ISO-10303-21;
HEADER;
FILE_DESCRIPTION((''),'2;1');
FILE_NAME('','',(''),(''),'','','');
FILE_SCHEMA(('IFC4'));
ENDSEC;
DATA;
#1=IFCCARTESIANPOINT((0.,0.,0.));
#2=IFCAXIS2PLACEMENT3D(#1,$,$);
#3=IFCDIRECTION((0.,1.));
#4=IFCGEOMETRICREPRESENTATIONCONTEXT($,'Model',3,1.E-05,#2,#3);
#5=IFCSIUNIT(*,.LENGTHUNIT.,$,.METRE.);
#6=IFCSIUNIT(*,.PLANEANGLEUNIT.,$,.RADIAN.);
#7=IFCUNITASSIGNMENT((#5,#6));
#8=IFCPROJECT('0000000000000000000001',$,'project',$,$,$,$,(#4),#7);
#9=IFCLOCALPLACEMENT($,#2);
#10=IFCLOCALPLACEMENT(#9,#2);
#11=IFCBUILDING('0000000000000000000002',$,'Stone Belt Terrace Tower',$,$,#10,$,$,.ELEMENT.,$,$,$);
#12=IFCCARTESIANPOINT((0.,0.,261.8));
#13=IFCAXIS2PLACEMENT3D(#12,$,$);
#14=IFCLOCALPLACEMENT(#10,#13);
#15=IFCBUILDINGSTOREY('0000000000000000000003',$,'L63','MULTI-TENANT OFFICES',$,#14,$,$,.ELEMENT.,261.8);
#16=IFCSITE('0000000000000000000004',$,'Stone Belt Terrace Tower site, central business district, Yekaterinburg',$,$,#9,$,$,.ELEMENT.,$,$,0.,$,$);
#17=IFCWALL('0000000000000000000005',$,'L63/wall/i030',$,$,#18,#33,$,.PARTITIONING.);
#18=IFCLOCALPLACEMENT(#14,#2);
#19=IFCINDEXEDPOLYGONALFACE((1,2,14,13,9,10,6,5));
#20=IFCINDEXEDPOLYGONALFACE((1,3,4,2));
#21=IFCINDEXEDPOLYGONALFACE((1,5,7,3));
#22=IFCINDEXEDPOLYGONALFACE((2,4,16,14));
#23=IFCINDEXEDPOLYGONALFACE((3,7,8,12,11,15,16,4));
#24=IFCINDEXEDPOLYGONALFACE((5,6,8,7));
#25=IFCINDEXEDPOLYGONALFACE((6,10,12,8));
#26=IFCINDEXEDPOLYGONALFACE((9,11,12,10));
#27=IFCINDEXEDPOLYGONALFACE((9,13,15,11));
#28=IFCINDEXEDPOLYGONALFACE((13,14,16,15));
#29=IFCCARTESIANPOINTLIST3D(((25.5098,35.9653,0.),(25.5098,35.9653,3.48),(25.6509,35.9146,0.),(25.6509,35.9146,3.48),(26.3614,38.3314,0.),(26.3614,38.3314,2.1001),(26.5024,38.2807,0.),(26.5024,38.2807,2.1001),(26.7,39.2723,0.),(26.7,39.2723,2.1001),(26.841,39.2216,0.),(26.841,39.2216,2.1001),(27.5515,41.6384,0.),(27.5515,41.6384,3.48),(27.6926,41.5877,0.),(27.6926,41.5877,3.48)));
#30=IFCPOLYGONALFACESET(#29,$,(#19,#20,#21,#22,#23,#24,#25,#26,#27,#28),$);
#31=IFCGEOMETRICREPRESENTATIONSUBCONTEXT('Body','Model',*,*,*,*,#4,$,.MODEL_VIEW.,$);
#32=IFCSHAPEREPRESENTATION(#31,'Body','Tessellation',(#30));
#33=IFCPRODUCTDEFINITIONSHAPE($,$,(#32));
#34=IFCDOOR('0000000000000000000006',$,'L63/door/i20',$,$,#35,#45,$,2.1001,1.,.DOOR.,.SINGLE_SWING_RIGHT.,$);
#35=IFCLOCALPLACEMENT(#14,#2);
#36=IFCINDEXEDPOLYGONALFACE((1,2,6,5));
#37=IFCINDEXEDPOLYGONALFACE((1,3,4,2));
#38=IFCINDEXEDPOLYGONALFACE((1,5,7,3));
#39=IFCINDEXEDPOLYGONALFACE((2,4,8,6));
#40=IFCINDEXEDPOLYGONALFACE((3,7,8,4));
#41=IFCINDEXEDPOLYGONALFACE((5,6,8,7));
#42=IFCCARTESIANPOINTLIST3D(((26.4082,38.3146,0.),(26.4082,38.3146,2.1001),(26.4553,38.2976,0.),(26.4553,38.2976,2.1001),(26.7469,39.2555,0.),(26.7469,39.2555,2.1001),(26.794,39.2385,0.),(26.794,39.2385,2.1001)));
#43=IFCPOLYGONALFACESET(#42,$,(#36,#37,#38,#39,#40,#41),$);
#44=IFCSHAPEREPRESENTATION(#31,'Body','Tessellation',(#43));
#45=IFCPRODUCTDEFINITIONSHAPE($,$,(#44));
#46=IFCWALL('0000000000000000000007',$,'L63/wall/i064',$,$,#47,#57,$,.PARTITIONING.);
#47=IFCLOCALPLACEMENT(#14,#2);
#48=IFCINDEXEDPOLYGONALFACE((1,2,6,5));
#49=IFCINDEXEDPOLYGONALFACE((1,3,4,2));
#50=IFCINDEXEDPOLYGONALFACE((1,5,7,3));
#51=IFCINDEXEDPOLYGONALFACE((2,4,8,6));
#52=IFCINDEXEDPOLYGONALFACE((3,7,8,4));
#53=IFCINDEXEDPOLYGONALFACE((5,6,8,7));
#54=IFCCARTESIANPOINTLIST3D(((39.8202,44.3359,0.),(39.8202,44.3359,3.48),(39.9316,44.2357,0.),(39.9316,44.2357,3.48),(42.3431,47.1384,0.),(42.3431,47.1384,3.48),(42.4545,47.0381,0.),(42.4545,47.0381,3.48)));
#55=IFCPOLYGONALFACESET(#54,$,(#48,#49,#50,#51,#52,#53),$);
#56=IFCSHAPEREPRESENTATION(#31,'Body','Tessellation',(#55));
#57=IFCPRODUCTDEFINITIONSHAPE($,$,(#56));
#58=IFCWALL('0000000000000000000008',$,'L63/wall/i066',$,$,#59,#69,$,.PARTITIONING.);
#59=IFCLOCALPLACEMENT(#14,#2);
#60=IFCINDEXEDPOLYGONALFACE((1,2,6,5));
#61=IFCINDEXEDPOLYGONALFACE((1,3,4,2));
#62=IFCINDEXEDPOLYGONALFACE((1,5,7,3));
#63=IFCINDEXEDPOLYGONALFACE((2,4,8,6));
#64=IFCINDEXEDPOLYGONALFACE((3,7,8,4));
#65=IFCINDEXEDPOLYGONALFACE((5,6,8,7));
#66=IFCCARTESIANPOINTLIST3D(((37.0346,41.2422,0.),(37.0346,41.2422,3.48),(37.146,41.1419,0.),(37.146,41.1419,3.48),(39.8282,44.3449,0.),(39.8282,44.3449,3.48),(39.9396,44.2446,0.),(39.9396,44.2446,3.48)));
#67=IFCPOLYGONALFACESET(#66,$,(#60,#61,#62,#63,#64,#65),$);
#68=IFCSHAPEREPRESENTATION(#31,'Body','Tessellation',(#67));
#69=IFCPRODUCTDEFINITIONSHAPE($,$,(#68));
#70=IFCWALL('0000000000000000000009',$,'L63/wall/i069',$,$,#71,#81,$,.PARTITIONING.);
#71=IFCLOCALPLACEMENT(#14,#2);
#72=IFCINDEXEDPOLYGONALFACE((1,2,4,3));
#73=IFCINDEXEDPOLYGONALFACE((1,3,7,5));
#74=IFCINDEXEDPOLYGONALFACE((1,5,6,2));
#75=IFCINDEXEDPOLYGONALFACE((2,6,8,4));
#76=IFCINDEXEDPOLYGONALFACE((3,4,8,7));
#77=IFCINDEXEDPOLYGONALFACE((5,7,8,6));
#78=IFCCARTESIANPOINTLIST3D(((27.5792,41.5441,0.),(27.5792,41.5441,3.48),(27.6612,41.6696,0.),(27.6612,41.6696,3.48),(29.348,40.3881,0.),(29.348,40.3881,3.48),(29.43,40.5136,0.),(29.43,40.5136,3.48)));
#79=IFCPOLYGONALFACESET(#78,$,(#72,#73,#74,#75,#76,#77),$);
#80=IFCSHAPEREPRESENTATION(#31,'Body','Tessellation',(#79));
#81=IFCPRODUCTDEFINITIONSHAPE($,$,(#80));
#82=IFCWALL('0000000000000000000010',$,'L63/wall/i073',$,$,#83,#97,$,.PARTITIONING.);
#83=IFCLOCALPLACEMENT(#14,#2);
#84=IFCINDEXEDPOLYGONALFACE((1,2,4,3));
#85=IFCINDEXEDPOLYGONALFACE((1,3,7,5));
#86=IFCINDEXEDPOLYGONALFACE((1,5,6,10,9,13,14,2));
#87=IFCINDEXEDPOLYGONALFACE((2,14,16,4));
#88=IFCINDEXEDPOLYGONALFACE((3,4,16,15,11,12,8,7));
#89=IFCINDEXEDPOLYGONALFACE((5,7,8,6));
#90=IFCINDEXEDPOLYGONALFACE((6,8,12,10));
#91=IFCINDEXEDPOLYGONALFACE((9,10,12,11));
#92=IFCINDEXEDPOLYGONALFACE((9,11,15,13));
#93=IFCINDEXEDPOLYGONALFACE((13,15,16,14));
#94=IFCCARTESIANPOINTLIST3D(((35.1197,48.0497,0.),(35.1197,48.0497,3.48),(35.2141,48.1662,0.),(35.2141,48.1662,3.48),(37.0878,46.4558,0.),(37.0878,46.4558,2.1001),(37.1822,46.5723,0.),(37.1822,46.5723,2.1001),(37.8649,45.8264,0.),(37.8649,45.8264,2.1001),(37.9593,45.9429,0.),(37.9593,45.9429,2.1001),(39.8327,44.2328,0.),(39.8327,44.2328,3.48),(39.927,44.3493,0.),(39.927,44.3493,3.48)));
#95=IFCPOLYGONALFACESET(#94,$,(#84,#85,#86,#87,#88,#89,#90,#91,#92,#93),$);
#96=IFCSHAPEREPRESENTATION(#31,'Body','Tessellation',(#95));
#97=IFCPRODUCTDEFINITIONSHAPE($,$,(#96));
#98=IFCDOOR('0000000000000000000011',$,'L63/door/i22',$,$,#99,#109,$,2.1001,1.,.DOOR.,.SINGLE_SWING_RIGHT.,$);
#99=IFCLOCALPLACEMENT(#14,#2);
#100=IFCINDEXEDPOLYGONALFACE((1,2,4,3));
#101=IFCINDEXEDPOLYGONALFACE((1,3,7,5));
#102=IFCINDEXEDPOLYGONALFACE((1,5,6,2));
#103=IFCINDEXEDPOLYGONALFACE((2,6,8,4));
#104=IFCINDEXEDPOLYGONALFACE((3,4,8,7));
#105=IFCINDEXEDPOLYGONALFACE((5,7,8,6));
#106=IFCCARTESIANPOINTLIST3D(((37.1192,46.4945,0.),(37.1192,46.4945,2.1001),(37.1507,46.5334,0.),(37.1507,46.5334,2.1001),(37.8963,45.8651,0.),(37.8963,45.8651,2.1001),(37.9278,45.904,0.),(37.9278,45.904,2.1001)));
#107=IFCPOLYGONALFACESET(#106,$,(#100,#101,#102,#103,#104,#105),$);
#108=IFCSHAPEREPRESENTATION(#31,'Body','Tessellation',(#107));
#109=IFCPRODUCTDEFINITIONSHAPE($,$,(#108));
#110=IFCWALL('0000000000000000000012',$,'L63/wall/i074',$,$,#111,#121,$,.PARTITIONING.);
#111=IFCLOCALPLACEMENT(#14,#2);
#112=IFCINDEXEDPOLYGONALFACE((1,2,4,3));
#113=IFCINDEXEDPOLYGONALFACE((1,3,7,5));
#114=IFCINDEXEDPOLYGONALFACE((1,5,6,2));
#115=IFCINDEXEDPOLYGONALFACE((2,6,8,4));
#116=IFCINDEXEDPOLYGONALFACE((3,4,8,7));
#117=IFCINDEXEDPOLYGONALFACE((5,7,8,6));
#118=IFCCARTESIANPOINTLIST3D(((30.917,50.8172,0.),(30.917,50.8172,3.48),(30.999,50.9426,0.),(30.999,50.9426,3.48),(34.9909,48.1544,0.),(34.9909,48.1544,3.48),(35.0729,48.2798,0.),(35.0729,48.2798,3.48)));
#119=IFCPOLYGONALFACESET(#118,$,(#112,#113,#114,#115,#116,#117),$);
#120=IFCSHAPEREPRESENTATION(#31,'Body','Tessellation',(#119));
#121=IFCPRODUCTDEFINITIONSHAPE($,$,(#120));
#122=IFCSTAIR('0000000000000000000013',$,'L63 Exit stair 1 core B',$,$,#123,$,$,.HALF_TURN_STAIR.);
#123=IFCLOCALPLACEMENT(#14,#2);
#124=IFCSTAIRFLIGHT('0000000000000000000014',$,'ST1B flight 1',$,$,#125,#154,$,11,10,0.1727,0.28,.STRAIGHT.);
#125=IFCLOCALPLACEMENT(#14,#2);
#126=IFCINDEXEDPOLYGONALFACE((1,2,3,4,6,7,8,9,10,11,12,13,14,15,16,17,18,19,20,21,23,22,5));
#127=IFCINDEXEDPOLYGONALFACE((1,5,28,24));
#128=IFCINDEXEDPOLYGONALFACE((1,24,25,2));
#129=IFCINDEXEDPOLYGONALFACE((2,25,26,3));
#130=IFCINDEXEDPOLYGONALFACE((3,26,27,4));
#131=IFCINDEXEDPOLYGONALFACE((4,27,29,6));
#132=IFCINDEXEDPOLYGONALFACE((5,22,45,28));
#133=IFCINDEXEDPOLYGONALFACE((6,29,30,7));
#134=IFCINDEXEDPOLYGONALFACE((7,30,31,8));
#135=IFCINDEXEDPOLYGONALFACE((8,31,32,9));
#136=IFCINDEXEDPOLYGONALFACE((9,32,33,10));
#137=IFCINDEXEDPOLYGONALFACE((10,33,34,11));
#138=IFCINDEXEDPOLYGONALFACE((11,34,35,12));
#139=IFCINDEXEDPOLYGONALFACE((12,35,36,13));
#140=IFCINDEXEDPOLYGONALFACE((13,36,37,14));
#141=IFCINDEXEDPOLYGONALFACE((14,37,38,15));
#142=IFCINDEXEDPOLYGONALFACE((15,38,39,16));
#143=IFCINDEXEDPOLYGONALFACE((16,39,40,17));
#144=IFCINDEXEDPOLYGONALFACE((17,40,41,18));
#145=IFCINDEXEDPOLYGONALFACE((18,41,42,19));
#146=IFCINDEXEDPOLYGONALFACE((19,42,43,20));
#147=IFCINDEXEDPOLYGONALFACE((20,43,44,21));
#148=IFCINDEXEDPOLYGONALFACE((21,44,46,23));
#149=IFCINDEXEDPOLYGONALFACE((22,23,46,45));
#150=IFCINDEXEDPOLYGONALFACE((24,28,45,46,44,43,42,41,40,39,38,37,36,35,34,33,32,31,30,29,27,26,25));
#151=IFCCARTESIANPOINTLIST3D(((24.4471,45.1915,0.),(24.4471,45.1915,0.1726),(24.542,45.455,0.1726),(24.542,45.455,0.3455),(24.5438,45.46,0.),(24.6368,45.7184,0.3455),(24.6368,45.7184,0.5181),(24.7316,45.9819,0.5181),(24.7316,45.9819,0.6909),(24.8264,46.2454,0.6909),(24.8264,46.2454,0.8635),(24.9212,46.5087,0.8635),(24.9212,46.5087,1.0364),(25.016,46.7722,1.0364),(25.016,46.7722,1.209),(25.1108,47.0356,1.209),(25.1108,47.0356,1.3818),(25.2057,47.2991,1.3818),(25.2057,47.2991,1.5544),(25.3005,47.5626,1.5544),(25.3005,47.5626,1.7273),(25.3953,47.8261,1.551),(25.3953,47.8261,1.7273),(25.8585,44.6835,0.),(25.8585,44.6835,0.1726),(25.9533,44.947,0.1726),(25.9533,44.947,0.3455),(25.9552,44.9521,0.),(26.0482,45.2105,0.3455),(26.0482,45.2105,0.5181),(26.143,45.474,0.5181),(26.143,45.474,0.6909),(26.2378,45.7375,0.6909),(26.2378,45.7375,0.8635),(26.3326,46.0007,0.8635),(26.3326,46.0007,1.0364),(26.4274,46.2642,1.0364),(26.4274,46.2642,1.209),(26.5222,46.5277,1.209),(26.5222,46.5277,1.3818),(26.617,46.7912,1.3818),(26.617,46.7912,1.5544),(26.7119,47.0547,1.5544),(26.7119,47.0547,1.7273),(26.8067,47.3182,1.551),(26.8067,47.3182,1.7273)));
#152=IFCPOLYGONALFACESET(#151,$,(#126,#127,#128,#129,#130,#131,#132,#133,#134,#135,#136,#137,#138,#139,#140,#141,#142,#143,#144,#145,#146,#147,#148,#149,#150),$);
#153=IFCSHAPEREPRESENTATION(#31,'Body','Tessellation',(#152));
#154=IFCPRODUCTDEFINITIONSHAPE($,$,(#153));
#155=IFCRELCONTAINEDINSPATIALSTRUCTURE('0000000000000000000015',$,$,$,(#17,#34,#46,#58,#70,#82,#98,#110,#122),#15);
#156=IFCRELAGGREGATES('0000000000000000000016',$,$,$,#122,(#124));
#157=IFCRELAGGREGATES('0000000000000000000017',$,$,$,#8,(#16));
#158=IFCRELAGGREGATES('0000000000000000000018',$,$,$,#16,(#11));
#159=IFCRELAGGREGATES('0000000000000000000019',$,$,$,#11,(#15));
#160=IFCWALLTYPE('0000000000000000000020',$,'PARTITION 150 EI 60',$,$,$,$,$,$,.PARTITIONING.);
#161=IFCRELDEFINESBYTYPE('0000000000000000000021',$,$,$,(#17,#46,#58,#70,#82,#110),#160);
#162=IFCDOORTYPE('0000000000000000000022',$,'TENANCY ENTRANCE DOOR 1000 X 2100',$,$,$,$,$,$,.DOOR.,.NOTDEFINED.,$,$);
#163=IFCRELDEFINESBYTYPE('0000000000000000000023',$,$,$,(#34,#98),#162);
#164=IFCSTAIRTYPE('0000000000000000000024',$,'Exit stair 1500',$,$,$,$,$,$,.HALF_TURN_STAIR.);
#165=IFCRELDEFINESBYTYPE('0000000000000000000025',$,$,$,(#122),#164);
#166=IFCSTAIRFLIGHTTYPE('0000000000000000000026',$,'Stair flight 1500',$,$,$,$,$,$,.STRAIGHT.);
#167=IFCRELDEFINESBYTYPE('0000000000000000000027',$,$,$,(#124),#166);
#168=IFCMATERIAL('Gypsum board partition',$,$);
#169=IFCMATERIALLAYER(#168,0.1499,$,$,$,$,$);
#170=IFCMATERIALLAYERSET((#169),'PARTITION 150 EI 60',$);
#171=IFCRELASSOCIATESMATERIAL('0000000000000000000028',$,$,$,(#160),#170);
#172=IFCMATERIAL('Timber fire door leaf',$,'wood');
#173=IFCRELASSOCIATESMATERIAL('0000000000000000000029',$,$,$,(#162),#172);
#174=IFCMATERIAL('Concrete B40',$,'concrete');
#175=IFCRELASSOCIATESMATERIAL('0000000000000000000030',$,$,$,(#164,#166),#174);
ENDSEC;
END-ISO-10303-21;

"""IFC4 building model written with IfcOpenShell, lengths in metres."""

from ifc_helpers import new_model, si_unit, direction, frame, frame_2d, origin, place, context, subcontext, project, spatial, polyline, rectangle, outline, extrude, material, layer, layer_set, type_object, element, fill, aggregate, save


model = new_model("IFC4")

# Units and contexts
model_context = context("Model", 3, precision=1e-05, world=origin(), true_north=direction((0.0, 1.0)))
body_context = subcontext(model_context, "Body", "Model", "MODEL_VIEW")
ifc_project = project(units=[si_unit("LENGTHUNIT", "METRE"), si_unit("PLANEANGLEUNIT", "RADIAN")], contexts=[model_context])

# Site, building, storey
site_placement = place(None, origin())
site = spatial("IfcSite", under=ifc_project, at=site_placement, Name="Stone Belt Terrace Tower site, central business district, Yekaterinburg", CompositionType="ELEMENT", RefElevation=0.0)
building_placement = place(site_placement, origin())
building = spatial("IfcBuilding", under=site, at=building_placement, Name="Stone Belt Terrace Tower", CompositionType="ELEMENT")
storey_placement = place(building_placement, frame((0.0, 0.0, 261.8)))
storey = spatial("IfcBuildingStorey", under=building, at=storey_placement, Name="L63", Description="MULTI-TENANT OFFICES", CompositionType="ELEMENT", Elevation=261.8)

# Shared definitions
ifc_material_1 = material(Name="Gypsum board partition")

# Wall, opening, door
ifc_layer_1 = layer(ifc_material_1, 0.1499)
ifc_layer_set_1 = layer_set([ifc_layer_1], Name="PARTITION 150 EI 60")
wall_type_1 = type_object("IfcWallType", Name="PARTITION 150 EI 60", PredefinedType="PARTITIONING", material=ifc_layer_set_1)
wall_1_placement = place(storey_placement, frame((27.6221, 41.613, 0.0), z_axis=(0.0, 0.0, 1.0), x_axis=(-0.338636, -0.940917, 0.0)))
wall_1 = element("IfcWall", 1, at=wall_1_placement, inside=storey, type_object=wall_type_1, Name="L63/wall/i030", PredefinedType="PARTITIONING", context=body_context, shape_type="SweptSolid", body=[
    extrude(rectangle(XDim=6.0293, YDim=0.1499, at=frame_2d((3.0146, 0.0))), origin(), (0.0, 0.0, 1.0), 3.48),
])
opening_1_placement = place(wall_1_placement, frame((2.5146, 0.0, 0.0)))
opening_1 = element("IfcOpeningElement", 2, at=opening_1_placement, cuts=wall_1, PredefinedType="OPENING", context=body_context, shape_type="SweptSolid", body=[
    extrude(rectangle(XDim=1.0, YDim=2.1001, at=frame_2d((0.5, 1.05))), frame((0.0, 0.085, 0.0), z_axis=(0.0, -1.0, 0.0), x_axis=(1.0, 0.0, 0.0)), (0.0, 0.0, 1.0), 0.1699),
])
ifc_material_2 = material(Name="Timber fire door leaf", Category="wood")
door_type_1 = type_object("IfcDoorType", Name="TENANCY ENTRANCE DOOR 1000 X 2100", OperationType="NOTDEFINED", PredefinedType="DOOR", material=ifc_material_2)
door_1_placement = place(opening_1_placement, origin())
door_1 = element("IfcDoor", 3, at=door_1_placement, inside=storey, type_object=door_type_1, Name="L63/door/i20", OperationType="SINGLE_SWING_RIGHT", OverallHeight=2.1001, OverallWidth=1.0, PredefinedType="DOOR", context=body_context, shape_type="SweptSolid", body=[
    extrude(rectangle(XDim=1.0, YDim=2.1001, at=frame_2d((0.5, 1.05))), frame((0.0, 0.0249, 0.0), z_axis=(0.0, -1.0, 0.0), x_axis=(1.0, 0.0, 0.0)), (0.0, 0.0, 1.0), 0.05),
])
fill(opening_1, door_1)

# Walls
wall_2_placement = place(storey_placement, frame((39.876, 44.2859, 0.0), z_axis=(0.0, 0.0, 1.0), x_axis=(0.669068, 0.743201, 0.0)))
element("IfcWall", 4, at=wall_2_placement, inside=storey, type_object=wall_type_1, Name="L63/wall/i064", PredefinedType="PARTITIONING", context=body_context, shape_type="SweptSolid", body=[
    extrude(rectangle(XDim=3.7708, YDim=0.1499, at=frame_2d((1.8853, 0.0))), origin(), (0.0, 0.0, 1.0), 3.48),
])
wall_3_placement = place(storey_placement, frame((37.0903, 41.1921, 0.0), z_axis=(0.0, 0.0, 1.0), x_axis=(0.669123, 0.743152, 0.0)))
element("IfcWall", 5, at=wall_3_placement, inside=storey, type_object=wall_type_1, Name="L63/wall/i066", PredefinedType="PARTITIONING", context=body_context, shape_type="SweptSolid", body=[
    extrude(rectangle(XDim=4.175, YDim=0.1499, at=frame_2d((2.0874, 0.0))), origin(), (0.0, 0.0, 1.0), 3.48),
])
wall_4_placement = place(storey_placement, frame((27.6201, 41.6069, 0.0), z_axis=(0.0, 0.0, 1.0), x_axis=(0.837082, -0.547078, 0.0)))
element("IfcWall", 6, at=wall_4_placement, inside=storey, type_object=wall_type_1, Name="L63/wall/i069", PredefinedType="PARTITIONING", context=body_context, shape_type="SweptSolid", body=[
    extrude(rectangle(XDim=2.113, YDim=0.1499, at=frame_2d((1.0566, 0.0))), origin(), (0.0, 0.0, 1.0), 3.48),
])

# Wall, opening, door
wall_5_placement = place(storey_placement, frame((35.167, 48.1079, 0.0), z_axis=(0.0, 0.0, 1.0), x_axis=(0.777108, -0.629367, 0.0)))
wall_5 = element("IfcWall", 7, at=wall_5_placement, inside=storey, type_object=wall_type_1, Name="L63/wall/i073", PredefinedType="PARTITIONING", context=body_context, shape_type="SweptSolid", body=[
    extrude(rectangle(XDim=6.0647, YDim=0.1499, at=frame_2d((3.0322, 0.0))), origin(), (0.0, 0.0, 1.0), 3.48),
])
opening_2_placement = place(wall_5_placement, frame((2.5325, 0.0, 0.0)))
opening_2 = element("IfcOpeningElement", 8, at=opening_2_placement, cuts=wall_5, PredefinedType="OPENING", context=body_context, shape_type="SweptSolid", body=[
    extrude(rectangle(XDim=1.0, YDim=2.1001, at=frame_2d((0.5, 1.05))), frame((0.0, 0.085, 0.0), z_axis=(0.0, -1.0, 0.0), x_axis=(1.0, 0.0, 0.0)), (0.0, 0.0, 1.0), 0.1699),
])
door_2_placement = place(opening_2_placement, origin())
door_2 = element("IfcDoor", 9, at=door_2_placement, inside=storey, type_object=door_type_1, Name="L63/door/i22", OperationType="SINGLE_SWING_RIGHT", OverallHeight=2.1001, OverallWidth=1.0, PredefinedType="DOOR", context=body_context, shape_type="SweptSolid", body=[
    extrude(rectangle(XDim=1.0, YDim=2.1001, at=frame_2d((0.5, 1.05))), frame((0.0, 0.0249, 0.0), z_axis=(0.0, -1.0, 0.0), x_axis=(1.0, 0.0, 0.0)), (0.0, 0.0, 1.0), 0.05),
])
fill(opening_2, door_2)

# Wall
wall_6_placement = place(storey_placement, frame((35.032, 48.217, 0.0), z_axis=(0.0, 0.0, 1.0), x_axis=(-0.837055, 0.547118, 0.0)))
element("IfcWall", 10, at=wall_6_placement, inside=storey, type_object=wall_type_1, Name="L63/wall/i074", PredefinedType="PARTITIONING", context=body_context, shape_type="SweptSolid", body=[
    extrude(rectangle(XDim=4.8669, YDim=0.1499, at=frame_2d((2.4336, 0.0))), origin(), (0.0, 0.0, 1.0), 3.48),
])

# Stair, stair flight
ifc_material_3 = material(Name="Concrete B40", Category="concrete")
stair_type = type_object("IfcStairType", Name="Exit stair 1500", PredefinedType="HALF_TURN_STAIR", material=ifc_material_3)
stair_placement = place(storey_placement, origin())
stair = element("IfcStair", 11, at=stair_placement, inside=storey, type_object=stair_type, Name="L63 Exit stair 1 core B", PredefinedType="HALF_TURN_STAIR")
stair_flight_type = type_object("IfcStairFlightType", Name="Stair flight 1500", PredefinedType="STRAIGHT", material=ifc_material_3)
stair_flight_placement = place(storey_placement, frame((25.1528, 44.9375, 0.0), z_axis=(0.0, 0.0, 1.0), x_axis=(0.338624, 0.940922, 0.0)))
stair_flight = element("IfcStairFlight", 12, at=stair_flight_placement, type_object=stair_flight_type, Name="ST1B flight 1", NumberOfRisers=11, NumberOfTreads=10, PredefinedType="STRAIGHT", RiserHeight=0.1727, TreadLength=0.28, context=body_context, shape_type="SweptSolid", body=[
    extrude(outline(polyline([(0.0, 0.0), (0.0, 0.1726), (0.28, 0.1726), (0.28, 0.3455), (0.5601, 0.3455), (0.5601, 0.5181), (0.8401, 0.5181), (0.8401, 0.6909), (1.1201, 0.6909), (1.1201, 0.8635), (1.3999, 0.8635), (1.3999, 1.0364), (1.6799, 1.0364), (1.6799, 1.209), (1.96, 1.209), (1.96, 1.3818), (2.24, 1.3818), (2.24, 1.5544), (2.52, 1.5544), (2.52, 1.7273), (2.8, 1.7273), (2.8, 1.8999), (2.8, 1.551), (0.2854, 0.0), (0.0, 0.0)])), frame((0.0, 0.75, 0.0), z_axis=(0.0, -1.0, 0.0), x_axis=(1.0, 0.0, 0.0)), (0.0, 0.0, 1.0), 1.5),
])
aggregate(stair, [stair_flight])

save(model, "model.ifc")
